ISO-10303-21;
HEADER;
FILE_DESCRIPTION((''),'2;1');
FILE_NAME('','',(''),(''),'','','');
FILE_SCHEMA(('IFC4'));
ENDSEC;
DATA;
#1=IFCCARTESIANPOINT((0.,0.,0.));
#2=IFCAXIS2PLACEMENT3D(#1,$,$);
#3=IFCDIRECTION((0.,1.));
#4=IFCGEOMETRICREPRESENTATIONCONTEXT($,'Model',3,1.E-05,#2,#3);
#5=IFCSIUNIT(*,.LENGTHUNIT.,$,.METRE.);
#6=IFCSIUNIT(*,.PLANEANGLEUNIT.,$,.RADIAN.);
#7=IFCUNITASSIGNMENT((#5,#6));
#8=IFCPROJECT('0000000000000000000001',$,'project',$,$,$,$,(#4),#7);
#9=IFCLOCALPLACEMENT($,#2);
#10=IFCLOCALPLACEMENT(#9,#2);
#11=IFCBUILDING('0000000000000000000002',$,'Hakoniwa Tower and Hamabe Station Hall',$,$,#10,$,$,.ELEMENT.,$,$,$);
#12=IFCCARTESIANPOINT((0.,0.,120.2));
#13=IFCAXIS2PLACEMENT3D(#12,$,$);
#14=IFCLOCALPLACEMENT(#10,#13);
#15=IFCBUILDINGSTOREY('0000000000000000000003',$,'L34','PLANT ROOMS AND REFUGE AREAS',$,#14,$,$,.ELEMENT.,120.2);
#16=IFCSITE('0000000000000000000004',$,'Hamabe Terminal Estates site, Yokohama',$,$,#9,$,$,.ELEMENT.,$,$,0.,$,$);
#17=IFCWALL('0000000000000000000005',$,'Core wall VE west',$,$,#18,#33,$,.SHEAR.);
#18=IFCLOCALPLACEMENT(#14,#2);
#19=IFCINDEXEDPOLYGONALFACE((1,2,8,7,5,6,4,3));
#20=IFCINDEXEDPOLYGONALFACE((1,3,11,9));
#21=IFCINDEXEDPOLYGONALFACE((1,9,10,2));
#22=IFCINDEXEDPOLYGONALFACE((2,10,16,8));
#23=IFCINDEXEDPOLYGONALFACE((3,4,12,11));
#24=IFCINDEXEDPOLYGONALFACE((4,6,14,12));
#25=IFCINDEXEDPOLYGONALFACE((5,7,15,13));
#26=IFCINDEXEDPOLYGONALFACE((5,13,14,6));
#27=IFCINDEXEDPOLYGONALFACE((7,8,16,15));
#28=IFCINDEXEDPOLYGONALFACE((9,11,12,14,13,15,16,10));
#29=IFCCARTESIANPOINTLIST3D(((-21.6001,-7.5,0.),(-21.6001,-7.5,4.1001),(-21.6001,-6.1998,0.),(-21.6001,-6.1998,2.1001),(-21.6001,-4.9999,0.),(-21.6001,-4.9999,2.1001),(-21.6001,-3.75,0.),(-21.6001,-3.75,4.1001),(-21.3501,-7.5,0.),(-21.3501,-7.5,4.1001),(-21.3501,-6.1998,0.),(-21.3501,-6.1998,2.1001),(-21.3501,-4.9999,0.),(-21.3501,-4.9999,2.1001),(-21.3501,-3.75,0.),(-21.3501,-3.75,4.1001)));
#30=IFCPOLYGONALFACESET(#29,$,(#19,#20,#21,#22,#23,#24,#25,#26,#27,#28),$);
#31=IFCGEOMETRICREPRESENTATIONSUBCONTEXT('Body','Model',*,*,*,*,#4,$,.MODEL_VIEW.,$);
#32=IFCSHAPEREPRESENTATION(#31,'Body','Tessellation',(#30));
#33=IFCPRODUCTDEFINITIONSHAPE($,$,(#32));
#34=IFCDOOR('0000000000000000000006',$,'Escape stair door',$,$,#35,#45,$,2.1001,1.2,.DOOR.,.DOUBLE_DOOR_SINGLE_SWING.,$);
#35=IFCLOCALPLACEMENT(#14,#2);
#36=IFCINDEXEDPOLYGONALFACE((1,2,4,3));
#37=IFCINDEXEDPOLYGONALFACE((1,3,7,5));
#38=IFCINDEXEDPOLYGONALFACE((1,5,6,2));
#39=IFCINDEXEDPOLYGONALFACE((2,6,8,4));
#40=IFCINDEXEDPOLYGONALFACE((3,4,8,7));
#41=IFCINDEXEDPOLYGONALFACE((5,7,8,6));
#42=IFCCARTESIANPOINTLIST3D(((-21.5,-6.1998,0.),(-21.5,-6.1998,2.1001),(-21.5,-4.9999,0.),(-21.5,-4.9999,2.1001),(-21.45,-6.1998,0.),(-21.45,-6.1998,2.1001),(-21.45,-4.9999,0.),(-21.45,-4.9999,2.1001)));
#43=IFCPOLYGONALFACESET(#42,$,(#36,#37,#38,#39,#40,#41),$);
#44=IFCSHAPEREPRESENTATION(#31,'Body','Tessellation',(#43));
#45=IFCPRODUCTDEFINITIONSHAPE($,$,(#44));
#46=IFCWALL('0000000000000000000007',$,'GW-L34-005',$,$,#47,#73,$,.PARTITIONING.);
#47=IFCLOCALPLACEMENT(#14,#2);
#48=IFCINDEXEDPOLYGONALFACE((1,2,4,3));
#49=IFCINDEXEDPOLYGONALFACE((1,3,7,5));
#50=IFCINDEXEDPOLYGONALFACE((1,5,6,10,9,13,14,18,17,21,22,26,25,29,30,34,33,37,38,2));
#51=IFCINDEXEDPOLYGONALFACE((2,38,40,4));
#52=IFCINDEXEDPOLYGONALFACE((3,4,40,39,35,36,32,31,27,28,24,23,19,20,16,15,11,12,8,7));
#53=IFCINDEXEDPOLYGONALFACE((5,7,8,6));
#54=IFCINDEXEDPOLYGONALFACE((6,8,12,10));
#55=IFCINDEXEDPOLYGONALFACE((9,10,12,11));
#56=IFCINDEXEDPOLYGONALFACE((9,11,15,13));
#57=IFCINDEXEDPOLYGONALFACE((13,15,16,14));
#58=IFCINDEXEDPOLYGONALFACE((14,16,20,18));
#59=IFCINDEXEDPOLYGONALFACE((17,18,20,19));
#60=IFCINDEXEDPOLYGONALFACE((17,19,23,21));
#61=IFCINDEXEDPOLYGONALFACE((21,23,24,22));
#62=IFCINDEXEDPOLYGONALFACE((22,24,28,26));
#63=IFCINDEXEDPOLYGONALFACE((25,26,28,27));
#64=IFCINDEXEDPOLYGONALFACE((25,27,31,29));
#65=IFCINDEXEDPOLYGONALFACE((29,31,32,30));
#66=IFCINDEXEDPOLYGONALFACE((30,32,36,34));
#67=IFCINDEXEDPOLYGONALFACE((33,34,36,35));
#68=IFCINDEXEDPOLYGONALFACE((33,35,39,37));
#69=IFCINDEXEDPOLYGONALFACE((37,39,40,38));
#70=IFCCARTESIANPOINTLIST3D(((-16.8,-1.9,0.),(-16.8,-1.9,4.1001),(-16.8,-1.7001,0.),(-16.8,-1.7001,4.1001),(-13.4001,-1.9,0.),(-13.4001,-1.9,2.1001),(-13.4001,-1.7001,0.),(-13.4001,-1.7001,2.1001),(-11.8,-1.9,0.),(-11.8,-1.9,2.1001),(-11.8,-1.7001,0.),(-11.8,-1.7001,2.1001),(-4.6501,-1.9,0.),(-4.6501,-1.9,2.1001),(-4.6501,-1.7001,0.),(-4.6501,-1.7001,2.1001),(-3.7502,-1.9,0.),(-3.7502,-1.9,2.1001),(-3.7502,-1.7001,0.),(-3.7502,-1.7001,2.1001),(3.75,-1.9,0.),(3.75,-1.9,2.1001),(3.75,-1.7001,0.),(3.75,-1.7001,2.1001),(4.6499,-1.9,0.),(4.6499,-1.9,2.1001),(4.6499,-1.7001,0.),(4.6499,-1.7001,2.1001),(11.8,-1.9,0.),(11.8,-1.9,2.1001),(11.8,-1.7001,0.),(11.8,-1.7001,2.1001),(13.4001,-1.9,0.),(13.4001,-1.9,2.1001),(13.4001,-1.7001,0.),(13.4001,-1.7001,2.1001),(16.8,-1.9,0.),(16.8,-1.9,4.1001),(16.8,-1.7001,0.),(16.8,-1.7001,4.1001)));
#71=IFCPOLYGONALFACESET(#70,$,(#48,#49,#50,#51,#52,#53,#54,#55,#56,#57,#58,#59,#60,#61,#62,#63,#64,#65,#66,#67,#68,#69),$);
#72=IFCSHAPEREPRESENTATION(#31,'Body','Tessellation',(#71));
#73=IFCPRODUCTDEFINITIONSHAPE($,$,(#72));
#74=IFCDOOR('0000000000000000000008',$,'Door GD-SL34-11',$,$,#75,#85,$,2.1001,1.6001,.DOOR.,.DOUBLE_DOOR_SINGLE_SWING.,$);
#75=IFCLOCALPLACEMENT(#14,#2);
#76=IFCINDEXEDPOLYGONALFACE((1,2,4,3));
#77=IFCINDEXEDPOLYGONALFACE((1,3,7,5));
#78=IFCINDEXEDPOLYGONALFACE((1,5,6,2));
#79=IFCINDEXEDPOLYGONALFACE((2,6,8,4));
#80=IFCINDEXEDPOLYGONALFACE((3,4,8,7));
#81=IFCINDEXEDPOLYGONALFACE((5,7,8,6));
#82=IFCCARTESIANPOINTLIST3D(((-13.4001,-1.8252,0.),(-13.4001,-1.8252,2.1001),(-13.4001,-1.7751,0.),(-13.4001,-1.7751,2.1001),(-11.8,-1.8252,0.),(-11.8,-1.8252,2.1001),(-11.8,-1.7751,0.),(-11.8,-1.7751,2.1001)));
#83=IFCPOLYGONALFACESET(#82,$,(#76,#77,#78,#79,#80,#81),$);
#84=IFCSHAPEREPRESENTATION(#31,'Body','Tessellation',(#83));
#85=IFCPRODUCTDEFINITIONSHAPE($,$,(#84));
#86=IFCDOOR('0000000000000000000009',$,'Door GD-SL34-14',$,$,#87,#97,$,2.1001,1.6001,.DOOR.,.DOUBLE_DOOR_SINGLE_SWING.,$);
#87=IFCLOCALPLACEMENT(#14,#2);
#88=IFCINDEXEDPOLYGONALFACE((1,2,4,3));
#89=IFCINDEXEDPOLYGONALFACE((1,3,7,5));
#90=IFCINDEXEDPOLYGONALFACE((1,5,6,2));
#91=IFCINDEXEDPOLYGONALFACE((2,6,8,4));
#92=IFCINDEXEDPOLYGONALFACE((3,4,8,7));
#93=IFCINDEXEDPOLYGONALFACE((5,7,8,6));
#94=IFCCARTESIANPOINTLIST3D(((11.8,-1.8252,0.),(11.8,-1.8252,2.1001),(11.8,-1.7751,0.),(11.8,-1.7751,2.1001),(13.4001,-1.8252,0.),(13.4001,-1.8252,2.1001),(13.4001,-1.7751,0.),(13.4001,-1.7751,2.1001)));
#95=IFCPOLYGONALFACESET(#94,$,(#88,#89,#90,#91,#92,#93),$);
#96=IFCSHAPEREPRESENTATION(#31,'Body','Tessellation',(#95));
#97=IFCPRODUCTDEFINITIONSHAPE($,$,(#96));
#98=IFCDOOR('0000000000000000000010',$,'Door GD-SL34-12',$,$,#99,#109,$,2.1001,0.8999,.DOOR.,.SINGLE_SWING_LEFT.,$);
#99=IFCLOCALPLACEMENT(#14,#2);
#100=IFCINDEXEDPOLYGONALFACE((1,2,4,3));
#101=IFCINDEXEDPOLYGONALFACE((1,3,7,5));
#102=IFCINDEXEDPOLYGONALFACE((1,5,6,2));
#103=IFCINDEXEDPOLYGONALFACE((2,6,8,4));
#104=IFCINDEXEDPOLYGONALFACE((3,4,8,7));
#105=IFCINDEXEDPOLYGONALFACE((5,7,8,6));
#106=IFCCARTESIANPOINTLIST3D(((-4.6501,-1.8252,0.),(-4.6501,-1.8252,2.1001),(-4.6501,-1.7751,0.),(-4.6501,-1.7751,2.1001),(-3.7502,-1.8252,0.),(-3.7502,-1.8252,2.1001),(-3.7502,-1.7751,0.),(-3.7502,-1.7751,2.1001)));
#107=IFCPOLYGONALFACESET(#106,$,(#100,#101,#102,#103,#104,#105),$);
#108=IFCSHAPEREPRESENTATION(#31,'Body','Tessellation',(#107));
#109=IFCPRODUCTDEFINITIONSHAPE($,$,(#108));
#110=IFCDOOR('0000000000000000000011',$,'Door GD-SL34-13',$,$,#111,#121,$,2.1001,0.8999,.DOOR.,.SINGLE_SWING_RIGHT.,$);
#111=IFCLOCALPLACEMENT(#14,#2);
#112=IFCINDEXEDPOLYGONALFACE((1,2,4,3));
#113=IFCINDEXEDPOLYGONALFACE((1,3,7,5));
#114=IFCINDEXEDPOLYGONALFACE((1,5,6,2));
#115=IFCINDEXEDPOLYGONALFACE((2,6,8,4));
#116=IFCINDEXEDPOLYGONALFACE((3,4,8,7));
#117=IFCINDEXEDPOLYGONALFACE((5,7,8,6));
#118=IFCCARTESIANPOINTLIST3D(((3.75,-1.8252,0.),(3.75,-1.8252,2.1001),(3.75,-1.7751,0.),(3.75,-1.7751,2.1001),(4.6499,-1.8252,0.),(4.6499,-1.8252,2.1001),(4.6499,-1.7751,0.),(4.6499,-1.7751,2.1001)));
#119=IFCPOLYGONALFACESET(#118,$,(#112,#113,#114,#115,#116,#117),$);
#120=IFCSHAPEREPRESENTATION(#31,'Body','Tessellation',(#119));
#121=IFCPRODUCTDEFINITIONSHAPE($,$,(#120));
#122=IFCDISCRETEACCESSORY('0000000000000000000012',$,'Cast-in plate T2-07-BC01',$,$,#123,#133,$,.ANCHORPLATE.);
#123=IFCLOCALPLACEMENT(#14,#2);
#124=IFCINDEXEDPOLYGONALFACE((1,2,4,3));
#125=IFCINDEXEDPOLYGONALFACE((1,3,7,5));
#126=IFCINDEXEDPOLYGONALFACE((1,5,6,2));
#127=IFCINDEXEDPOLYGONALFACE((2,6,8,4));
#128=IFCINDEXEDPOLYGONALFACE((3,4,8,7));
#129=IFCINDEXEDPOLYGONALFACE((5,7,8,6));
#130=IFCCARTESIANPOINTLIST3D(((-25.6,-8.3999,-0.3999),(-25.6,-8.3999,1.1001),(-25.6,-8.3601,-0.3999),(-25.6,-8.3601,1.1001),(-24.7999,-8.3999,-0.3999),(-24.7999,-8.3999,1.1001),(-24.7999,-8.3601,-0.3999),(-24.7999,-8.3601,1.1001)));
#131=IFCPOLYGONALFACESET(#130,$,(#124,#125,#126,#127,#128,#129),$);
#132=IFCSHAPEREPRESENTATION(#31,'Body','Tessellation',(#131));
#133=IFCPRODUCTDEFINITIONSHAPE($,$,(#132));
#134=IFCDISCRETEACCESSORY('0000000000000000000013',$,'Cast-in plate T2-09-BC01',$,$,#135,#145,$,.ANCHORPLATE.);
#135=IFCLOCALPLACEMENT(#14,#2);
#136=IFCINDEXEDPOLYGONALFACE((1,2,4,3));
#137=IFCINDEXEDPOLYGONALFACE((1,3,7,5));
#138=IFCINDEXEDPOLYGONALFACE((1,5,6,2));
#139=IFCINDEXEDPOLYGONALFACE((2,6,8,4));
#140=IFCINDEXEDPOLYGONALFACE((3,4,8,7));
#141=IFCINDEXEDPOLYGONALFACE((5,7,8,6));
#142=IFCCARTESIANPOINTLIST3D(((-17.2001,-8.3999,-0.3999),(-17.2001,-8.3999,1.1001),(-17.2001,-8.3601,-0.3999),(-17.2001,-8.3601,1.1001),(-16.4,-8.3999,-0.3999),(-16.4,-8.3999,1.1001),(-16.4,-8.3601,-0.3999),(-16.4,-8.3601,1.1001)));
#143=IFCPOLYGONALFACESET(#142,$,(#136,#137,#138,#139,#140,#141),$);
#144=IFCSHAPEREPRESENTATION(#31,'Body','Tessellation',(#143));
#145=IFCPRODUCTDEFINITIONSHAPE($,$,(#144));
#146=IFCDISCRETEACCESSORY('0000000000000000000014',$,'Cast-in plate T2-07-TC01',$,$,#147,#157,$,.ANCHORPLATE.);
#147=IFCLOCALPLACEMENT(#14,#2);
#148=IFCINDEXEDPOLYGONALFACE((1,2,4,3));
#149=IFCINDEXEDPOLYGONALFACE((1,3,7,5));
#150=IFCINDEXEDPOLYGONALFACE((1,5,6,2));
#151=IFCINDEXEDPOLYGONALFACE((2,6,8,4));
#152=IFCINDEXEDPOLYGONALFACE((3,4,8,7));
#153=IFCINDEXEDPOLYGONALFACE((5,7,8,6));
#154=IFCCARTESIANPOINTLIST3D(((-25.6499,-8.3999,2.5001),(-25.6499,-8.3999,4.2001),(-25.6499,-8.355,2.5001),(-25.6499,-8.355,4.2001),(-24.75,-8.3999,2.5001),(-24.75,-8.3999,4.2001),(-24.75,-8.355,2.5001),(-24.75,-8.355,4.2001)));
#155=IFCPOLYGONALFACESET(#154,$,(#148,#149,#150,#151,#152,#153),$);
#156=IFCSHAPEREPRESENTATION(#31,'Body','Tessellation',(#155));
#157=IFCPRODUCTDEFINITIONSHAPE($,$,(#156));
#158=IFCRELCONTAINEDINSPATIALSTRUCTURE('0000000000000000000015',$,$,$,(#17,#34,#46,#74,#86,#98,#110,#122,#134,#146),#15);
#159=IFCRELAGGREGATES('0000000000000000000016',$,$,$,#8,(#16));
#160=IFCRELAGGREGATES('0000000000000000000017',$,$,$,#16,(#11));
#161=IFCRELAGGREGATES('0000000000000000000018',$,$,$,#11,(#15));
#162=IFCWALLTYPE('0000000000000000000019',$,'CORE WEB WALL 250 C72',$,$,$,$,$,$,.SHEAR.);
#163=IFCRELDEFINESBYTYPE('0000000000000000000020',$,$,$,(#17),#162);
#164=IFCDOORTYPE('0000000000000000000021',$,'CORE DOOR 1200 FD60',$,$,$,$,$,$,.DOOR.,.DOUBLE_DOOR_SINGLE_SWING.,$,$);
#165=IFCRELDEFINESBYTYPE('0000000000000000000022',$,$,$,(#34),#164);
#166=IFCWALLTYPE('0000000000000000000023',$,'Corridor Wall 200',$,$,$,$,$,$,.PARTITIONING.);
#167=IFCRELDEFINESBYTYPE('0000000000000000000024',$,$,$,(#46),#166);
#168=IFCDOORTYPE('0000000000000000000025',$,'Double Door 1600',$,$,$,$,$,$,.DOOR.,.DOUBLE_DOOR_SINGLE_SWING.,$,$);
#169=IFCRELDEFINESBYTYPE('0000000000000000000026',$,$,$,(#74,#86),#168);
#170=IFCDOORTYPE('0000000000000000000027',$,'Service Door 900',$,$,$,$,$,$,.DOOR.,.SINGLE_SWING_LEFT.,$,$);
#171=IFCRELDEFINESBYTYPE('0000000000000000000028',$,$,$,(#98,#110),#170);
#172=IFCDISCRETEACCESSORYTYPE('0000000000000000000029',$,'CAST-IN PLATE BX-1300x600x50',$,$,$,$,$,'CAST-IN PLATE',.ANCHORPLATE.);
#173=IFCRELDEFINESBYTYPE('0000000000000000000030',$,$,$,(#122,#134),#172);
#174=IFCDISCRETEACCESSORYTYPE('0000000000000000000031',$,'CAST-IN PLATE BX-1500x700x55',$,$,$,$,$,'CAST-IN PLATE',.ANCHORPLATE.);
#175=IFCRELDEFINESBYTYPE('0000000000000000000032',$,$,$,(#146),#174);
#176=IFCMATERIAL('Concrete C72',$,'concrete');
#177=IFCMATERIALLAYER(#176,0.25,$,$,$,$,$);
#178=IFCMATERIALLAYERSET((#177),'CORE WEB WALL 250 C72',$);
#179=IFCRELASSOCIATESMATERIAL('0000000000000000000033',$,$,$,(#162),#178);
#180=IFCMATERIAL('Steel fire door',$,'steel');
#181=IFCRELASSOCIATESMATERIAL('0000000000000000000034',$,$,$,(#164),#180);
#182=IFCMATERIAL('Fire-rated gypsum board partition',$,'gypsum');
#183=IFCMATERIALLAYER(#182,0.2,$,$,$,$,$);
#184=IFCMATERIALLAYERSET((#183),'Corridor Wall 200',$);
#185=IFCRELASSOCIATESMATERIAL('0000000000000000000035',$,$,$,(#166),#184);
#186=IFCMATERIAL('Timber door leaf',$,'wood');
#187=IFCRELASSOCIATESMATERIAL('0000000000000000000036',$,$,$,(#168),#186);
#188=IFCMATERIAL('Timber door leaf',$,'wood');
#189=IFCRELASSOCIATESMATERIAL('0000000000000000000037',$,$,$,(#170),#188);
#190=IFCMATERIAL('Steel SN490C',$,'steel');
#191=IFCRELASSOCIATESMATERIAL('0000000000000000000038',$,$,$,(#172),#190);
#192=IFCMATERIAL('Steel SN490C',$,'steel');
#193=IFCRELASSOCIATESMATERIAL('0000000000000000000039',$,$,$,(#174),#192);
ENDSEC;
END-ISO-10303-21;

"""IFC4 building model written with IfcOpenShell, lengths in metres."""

from ifc_helpers import new_model, si_unit, direction, frame, frame_2d, origin, origin_2d, place, context, subcontext, project, spatial, rectangle, extrude, material, layer, layer_set, material_profile, profile_set, type_object, element, fill, save


model = new_model("IFC4")

# Units and contexts
model_context = context("Model", 3, precision=1e-05, world=origin(), true_north=direction((0.0, 1.0)))
body_context = subcontext(model_context, "Body", "Model", "MODEL_VIEW")
ifc_project = project(units=[si_unit("LENGTHUNIT", "METRE"), si_unit("PLANEANGLEUNIT", "RADIAN")], contexts=[model_context])

# Site, building, storey
site_placement = place(None, origin())
site = spatial("IfcSite", under=ifc_project, at=site_placement, Name="Hamabe Terminal Estates site, Yokohama", CompositionType="ELEMENT", RefElevation=0.0)
building_placement = place(site_placement, origin())
building = spatial("IfcBuilding", under=site, at=building_placement, Name="Hakoniwa Tower and Hamabe Station Hall", CompositionType="ELEMENT")
storey_placement = place(building_placement, frame((0.0, 0.0, 120.2)))
storey = spatial("IfcBuildingStorey", under=building, at=storey_placement, Name="L34", Description="PLANT ROOMS AND REFUGE AREAS", CompositionType="ELEMENT", Elevation=120.2)

# Wall, opening, door
ifc_material_1 = material(Name="Concrete C72", Category="concrete")
ifc_layer_1 = layer(ifc_material_1, 0.25)
ifc_layer_set_1 = layer_set([ifc_layer_1], Name="CORE WEB WALL 250 C72")
wall_type_1 = type_object("IfcWallType", Name="CORE WEB WALL 250 C72", PredefinedType="SHEAR", material=ifc_layer_set_1)
wall_1_placement = place(storey_placement, frame((-21.4751, -7.5, 0.0), z_axis=(0.0, 0.0, 1.0), x_axis=(0.0, 1.0, 0.0)))
wall_1 = element("IfcWall", 1, at=wall_1_placement, inside=storey, type_object=wall_type_1, Name="Core wall VE west", PredefinedType="SHEAR", context=body_context, shape_type="SweptSolid", body=[
    extrude(rectangle(XDim=3.75, YDim=0.25, at=frame_2d((1.875, 0.0))), origin(), (0.0, 0.0, 1.0), 4.1001),
])
opening_1_placement = place(wall_1_placement, frame((1.3, 0.0, 0.0)))
opening_1 = element("IfcOpeningElement", 2, at=opening_1_placement, cuts=wall_1, PredefinedType="OPENING", context=body_context, shape_type="SweptSolid", body=[
    extrude(rectangle(XDim=1.2, YDim=2.1001, at=frame_2d((0.6001, 1.05))), frame((0.0, 0.135, 0.0), z_axis=(0.0, -1.0, 0.0), x_axis=(1.0, 0.0, 0.0)), (0.0, 0.0, 1.0), 0.27),
])
ifc_material_2 = material(Name="Steel fire door", Category="steel")
door_type_1 = type_object("IfcDoorType", Name="CORE DOOR 1200 FD60", OperationType="DOUBLE_DOOR_SINGLE_SWING", PredefinedType="DOOR", material=ifc_material_2)
door_1_placement = place(opening_1_placement, origin())
door_1 = element("IfcDoor", 3, at=door_1_placement, inside=storey, type_object=door_type_1, Name="Escape stair door", OperationType="DOUBLE_DOOR_SINGLE_SWING", OverallHeight=2.1001, OverallWidth=1.2, PredefinedType="DOOR", context=body_context, shape_type="SweptSolid", body=[
    extrude(rectangle(XDim=1.2, YDim=2.1001, at=frame_2d((0.6001, 1.05))), frame((0.0, 0.0249, 0.0), z_axis=(0.0, -1.0, 0.0), x_axis=(1.0, 0.0, 0.0)), (0.0, 0.0, 1.0), 0.05),
])
fill(opening_1, door_1)

# Wall, openings, doors
ifc_material_3 = material(Name="Fire-rated gypsum board partition", Category="gypsum")
ifc_layer_2 = layer(ifc_material_3, 0.2)
ifc_layer_set_2 = layer_set([ifc_layer_2], Name="Corridor Wall 200")
wall_type_2 = type_object("IfcWallType", Name="Corridor Wall 200", PredefinedType="PARTITIONING", material=ifc_layer_set_2)
wall_2_placement = place(storey_placement, frame((-16.8, -1.8, 0.0), z_axis=(0.0, 0.0, 1.0), x_axis=(1.0, 0.0, 0.0)))
wall_2 = element("IfcWall", 4, at=wall_2_placement, inside=storey, type_object=wall_type_2, Name="GW-L34-005", PredefinedType="PARTITIONING", context=body_context, shape_type="SweptSolid", body=[
    extrude(rectangle(XDim=33.6001, YDim=0.2, at=frame_2d((16.8, 0.0))), origin(), (0.0, 0.0, 1.0), 4.1001),
])
opening_2_placement = place(wall_2_placement, frame((3.3999, 0.0, 0.0)))
opening_2 = element("IfcOpeningElement", 5, at=opening_2_placement, cuts=wall_2, PredefinedType="OPENING", context=body_context, shape_type="SweptSolid", body=[
    extrude(rectangle(XDim=1.6001, YDim=2.1001, at=frame_2d((0.8, 1.05))), frame((0.0, 0.1099, 0.0), z_axis=(0.0, -1.0, 0.0), x_axis=(1.0, 0.0, 0.0)), (0.0, 0.0, 1.0), 0.22),
])
opening_3_placement = place(wall_2_placement, frame((12.1499, 0.0, 0.0)))
opening_3 = element("IfcOpeningElement", 6, at=opening_3_placement, cuts=wall_2, PredefinedType="OPENING", context=body_context, shape_type="SweptSolid", body=[
    extrude(rectangle(XDim=0.8999, YDim=2.1001, at=frame_2d((0.45, 1.05))), frame((0.0, 0.1099, 0.0), z_axis=(0.0, -1.0, 0.0), x_axis=(1.0, 0.0, 0.0)), (0.0, 0.0, 1.0), 0.22),
])
opening_4_placement = place(wall_2_placement, frame((20.55, 0.0, 0.0)))
opening_4 = element("IfcOpeningElement", 7, at=opening_4_placement, cuts=wall_2, PredefinedType="OPENING", context=body_context, shape_type="SweptSolid", body=[
    extrude(rectangle(XDim=0.8999, YDim=2.1001, at=frame_2d((0.45, 1.05))), frame((0.0, 0.1099, 0.0), z_axis=(0.0, -1.0, 0.0), x_axis=(1.0, 0.0, 0.0)), (0.0, 0.0, 1.0), 0.22),
])
opening_5_placement = place(wall_2_placement, frame((28.6001, 0.0, 0.0)))
opening_5 = element("IfcOpeningElement", 8, at=opening_5_placement, cuts=wall_2, PredefinedType="OPENING", context=body_context, shape_type="SweptSolid", body=[
    extrude(rectangle(XDim=1.6001, YDim=2.1001, at=frame_2d((0.8, 1.05))), frame((0.0, 0.1099, 0.0), z_axis=(0.0, -1.0, 0.0), x_axis=(1.0, 0.0, 0.0)), (0.0, 0.0, 1.0), 0.22),
])
ifc_material_4 = material(Name="Timber door leaf", Category="wood")
door_type_2 = type_object("IfcDoorType", Name="Double Door 1600", OperationType="DOUBLE_DOOR_SINGLE_SWING", PredefinedType="DOOR", material=ifc_material_4)
door_2_placement = place(opening_2_placement, origin())
door_2 = element("IfcDoor", 9, at=door_2_placement, inside=storey, type_object=door_type_2, Name="Door GD-SL34-11", OperationType="DOUBLE_DOOR_SINGLE_SWING", OverallHeight=2.1001, OverallWidth=1.6001, PredefinedType="DOOR", context=body_context, shape_type="SweptSolid", body=[
    extrude(rectangle(XDim=1.6001, YDim=2.1001, at=frame_2d((0.8, 1.05))), frame((0.0, 0.0249, 0.0), z_axis=(0.0, -1.0, 0.0), x_axis=(1.0, 0.0, 0.0)), (0.0, 0.0, 1.0), 0.05),
])
fill(opening_2, door_2)
door_3_placement = place(opening_5_placement, origin())
door_3 = element("IfcDoor", 10, at=door_3_placement, inside=storey, type_object=door_type_2, Name="Door GD-SL34-14", OperationType="DOUBLE_DOOR_SINGLE_SWING", OverallHeight=2.1001, OverallWidth=1.6001, PredefinedType="DOOR", context=body_context, shape_type="SweptSolid", body=[
    extrude(rectangle(XDim=1.6001, YDim=2.1001, at=frame_2d((0.8, 1.05))), frame((0.0, 0.0249, 0.0), z_axis=(0.0, -1.0, 0.0), x_axis=(1.0, 0.0, 0.0)), (0.0, 0.0, 1.0), 0.05),
])
fill(opening_5, door_3)
ifc_material_5 = material(Name="Timber door leaf", Category="wood")
door_type_3 = type_object("IfcDoorType", Name="Service Door 900", OperationType="SINGLE_SWING_LEFT", PredefinedType="DOOR", material=ifc_material_5)
door_4_placement = place(opening_3_placement, origin())
door_4 = element("IfcDoor", 11, at=door_4_placement, inside=storey, type_object=door_type_3, Name="Door GD-SL34-12", OperationType="SINGLE_SWING_LEFT", OverallHeight=2.1001, OverallWidth=0.8999, PredefinedType="DOOR", context=body_context, shape_type="SweptSolid", body=[
    extrude(rectangle(XDim=0.8999, YDim=2.1001, at=frame_2d((0.45, 1.05))), frame((0.0, 0.0249, 0.0), z_axis=(0.0, -1.0, 0.0), x_axis=(1.0, 0.0, 0.0)), (0.0, 0.0, 1.0), 0.05),
])
fill(opening_3, door_4)
door_5_placement = place(opening_4_placement, origin())
door_5 = element("IfcDoor", 12, at=door_5_placement, inside=storey, type_object=door_type_3, Name="Door GD-SL34-13", OperationType="SINGLE_SWING_RIGHT", OverallHeight=2.1001, OverallWidth=0.8999, PredefinedType="DOOR", context=body_context, shape_type="SweptSolid", body=[
    extrude(rectangle(XDim=0.8999, YDim=2.1001, at=frame_2d((0.45, 1.05))), frame((0.0, 0.0249, 0.0), z_axis=(0.0, -1.0, 0.0), x_axis=(1.0, 0.0, 0.0)), (0.0, 0.0, 1.0), 0.05),
])
fill(opening_4, door_5)

# Discrete accessories
ifc_material_6 = material(Name="Steel SN490C", Category="steel")
ifc_material_profile_1 = material_profile(ifc_material_6, rectangle(XDim=0.8, YDim=1.5, at=origin_2d()), Name="CAST-IN PLATE BX-1300x600x50")
ifc_profile_set_1 = profile_set([ifc_material_profile_1], Name="Steel SN490C")
discrete_accessory_type_1 = type_object("IfcDiscreteAccessoryType", Name="CAST-IN PLATE BX-1300x600x50", ElementType="CAST-IN PLATE", PredefinedType="ANCHORPLATE", material=ifc_profile_set_1)
for number, where, z_axis, x_axis, name in (
    (13, (-25.2, -8.3601, 0.3501), (0.0, -1.0, 0.0), (1.0, 0.0, 0.0), "Cast-in plate T2-07-BC01"),
    (14, (-16.8, -8.3601, 0.3501), (0.0, -1.0, 0.0), (1.0, 0.0, 0.0), "Cast-in plate T2-09-BC01"),
):
    element("IfcDiscreteAccessory", number, at=place(storey_placement, frame(where, z_axis=z_axis, x_axis=x_axis)), inside=storey, type_object=discrete_accessory_type_1, Name=name, PredefinedType="ANCHORPLATE", context=body_context, shape_type="SweptSolid", body=[
        extrude(rectangle(XDim=0.8, YDim=1.5, at=origin_2d()), origin(), (0.0, 0.0, 1.0), 0.0398),
    ])
ifc_material_7 = material(Name="Steel SN490C", Category="steel")
ifc_material_profile_2 = material_profile(ifc_material_7, rectangle(XDim=0.8999, YDim=1.7, at=origin_2d()), Name="CAST-IN PLATE BX-1500x700x55")
ifc_profile_set_2 = profile_set([ifc_material_profile_2], Name="Steel SN490C")
discrete_accessory_type_2 = type_object("IfcDiscreteAccessoryType", Name="CAST-IN PLATE BX-1500x700x55", ElementType="CAST-IN PLATE", PredefinedType="ANCHORPLATE", material=ifc_profile_set_2)
for number, where, z_axis, x_axis, name in (
    (15, (-25.2, -8.355, 3.3501), (0.0, -1.0, 0.0), (1.0, 0.0, 0.0), "Cast-in plate T2-07-TC01"),
):
    element("IfcDiscreteAccessory", number, at=place(storey_placement, frame(where, z_axis=z_axis, x_axis=x_axis)), inside=storey, type_object=discrete_accessory_type_2, Name=name, PredefinedType="ANCHORPLATE", context=body_context, shape_type="SweptSolid", body=[
        extrude(rectangle(XDim=0.8999, YDim=1.7, at=origin_2d()), origin(), (0.0, 0.0, 1.0), 0.0449),
    ])

save(model, "model.ifc")
